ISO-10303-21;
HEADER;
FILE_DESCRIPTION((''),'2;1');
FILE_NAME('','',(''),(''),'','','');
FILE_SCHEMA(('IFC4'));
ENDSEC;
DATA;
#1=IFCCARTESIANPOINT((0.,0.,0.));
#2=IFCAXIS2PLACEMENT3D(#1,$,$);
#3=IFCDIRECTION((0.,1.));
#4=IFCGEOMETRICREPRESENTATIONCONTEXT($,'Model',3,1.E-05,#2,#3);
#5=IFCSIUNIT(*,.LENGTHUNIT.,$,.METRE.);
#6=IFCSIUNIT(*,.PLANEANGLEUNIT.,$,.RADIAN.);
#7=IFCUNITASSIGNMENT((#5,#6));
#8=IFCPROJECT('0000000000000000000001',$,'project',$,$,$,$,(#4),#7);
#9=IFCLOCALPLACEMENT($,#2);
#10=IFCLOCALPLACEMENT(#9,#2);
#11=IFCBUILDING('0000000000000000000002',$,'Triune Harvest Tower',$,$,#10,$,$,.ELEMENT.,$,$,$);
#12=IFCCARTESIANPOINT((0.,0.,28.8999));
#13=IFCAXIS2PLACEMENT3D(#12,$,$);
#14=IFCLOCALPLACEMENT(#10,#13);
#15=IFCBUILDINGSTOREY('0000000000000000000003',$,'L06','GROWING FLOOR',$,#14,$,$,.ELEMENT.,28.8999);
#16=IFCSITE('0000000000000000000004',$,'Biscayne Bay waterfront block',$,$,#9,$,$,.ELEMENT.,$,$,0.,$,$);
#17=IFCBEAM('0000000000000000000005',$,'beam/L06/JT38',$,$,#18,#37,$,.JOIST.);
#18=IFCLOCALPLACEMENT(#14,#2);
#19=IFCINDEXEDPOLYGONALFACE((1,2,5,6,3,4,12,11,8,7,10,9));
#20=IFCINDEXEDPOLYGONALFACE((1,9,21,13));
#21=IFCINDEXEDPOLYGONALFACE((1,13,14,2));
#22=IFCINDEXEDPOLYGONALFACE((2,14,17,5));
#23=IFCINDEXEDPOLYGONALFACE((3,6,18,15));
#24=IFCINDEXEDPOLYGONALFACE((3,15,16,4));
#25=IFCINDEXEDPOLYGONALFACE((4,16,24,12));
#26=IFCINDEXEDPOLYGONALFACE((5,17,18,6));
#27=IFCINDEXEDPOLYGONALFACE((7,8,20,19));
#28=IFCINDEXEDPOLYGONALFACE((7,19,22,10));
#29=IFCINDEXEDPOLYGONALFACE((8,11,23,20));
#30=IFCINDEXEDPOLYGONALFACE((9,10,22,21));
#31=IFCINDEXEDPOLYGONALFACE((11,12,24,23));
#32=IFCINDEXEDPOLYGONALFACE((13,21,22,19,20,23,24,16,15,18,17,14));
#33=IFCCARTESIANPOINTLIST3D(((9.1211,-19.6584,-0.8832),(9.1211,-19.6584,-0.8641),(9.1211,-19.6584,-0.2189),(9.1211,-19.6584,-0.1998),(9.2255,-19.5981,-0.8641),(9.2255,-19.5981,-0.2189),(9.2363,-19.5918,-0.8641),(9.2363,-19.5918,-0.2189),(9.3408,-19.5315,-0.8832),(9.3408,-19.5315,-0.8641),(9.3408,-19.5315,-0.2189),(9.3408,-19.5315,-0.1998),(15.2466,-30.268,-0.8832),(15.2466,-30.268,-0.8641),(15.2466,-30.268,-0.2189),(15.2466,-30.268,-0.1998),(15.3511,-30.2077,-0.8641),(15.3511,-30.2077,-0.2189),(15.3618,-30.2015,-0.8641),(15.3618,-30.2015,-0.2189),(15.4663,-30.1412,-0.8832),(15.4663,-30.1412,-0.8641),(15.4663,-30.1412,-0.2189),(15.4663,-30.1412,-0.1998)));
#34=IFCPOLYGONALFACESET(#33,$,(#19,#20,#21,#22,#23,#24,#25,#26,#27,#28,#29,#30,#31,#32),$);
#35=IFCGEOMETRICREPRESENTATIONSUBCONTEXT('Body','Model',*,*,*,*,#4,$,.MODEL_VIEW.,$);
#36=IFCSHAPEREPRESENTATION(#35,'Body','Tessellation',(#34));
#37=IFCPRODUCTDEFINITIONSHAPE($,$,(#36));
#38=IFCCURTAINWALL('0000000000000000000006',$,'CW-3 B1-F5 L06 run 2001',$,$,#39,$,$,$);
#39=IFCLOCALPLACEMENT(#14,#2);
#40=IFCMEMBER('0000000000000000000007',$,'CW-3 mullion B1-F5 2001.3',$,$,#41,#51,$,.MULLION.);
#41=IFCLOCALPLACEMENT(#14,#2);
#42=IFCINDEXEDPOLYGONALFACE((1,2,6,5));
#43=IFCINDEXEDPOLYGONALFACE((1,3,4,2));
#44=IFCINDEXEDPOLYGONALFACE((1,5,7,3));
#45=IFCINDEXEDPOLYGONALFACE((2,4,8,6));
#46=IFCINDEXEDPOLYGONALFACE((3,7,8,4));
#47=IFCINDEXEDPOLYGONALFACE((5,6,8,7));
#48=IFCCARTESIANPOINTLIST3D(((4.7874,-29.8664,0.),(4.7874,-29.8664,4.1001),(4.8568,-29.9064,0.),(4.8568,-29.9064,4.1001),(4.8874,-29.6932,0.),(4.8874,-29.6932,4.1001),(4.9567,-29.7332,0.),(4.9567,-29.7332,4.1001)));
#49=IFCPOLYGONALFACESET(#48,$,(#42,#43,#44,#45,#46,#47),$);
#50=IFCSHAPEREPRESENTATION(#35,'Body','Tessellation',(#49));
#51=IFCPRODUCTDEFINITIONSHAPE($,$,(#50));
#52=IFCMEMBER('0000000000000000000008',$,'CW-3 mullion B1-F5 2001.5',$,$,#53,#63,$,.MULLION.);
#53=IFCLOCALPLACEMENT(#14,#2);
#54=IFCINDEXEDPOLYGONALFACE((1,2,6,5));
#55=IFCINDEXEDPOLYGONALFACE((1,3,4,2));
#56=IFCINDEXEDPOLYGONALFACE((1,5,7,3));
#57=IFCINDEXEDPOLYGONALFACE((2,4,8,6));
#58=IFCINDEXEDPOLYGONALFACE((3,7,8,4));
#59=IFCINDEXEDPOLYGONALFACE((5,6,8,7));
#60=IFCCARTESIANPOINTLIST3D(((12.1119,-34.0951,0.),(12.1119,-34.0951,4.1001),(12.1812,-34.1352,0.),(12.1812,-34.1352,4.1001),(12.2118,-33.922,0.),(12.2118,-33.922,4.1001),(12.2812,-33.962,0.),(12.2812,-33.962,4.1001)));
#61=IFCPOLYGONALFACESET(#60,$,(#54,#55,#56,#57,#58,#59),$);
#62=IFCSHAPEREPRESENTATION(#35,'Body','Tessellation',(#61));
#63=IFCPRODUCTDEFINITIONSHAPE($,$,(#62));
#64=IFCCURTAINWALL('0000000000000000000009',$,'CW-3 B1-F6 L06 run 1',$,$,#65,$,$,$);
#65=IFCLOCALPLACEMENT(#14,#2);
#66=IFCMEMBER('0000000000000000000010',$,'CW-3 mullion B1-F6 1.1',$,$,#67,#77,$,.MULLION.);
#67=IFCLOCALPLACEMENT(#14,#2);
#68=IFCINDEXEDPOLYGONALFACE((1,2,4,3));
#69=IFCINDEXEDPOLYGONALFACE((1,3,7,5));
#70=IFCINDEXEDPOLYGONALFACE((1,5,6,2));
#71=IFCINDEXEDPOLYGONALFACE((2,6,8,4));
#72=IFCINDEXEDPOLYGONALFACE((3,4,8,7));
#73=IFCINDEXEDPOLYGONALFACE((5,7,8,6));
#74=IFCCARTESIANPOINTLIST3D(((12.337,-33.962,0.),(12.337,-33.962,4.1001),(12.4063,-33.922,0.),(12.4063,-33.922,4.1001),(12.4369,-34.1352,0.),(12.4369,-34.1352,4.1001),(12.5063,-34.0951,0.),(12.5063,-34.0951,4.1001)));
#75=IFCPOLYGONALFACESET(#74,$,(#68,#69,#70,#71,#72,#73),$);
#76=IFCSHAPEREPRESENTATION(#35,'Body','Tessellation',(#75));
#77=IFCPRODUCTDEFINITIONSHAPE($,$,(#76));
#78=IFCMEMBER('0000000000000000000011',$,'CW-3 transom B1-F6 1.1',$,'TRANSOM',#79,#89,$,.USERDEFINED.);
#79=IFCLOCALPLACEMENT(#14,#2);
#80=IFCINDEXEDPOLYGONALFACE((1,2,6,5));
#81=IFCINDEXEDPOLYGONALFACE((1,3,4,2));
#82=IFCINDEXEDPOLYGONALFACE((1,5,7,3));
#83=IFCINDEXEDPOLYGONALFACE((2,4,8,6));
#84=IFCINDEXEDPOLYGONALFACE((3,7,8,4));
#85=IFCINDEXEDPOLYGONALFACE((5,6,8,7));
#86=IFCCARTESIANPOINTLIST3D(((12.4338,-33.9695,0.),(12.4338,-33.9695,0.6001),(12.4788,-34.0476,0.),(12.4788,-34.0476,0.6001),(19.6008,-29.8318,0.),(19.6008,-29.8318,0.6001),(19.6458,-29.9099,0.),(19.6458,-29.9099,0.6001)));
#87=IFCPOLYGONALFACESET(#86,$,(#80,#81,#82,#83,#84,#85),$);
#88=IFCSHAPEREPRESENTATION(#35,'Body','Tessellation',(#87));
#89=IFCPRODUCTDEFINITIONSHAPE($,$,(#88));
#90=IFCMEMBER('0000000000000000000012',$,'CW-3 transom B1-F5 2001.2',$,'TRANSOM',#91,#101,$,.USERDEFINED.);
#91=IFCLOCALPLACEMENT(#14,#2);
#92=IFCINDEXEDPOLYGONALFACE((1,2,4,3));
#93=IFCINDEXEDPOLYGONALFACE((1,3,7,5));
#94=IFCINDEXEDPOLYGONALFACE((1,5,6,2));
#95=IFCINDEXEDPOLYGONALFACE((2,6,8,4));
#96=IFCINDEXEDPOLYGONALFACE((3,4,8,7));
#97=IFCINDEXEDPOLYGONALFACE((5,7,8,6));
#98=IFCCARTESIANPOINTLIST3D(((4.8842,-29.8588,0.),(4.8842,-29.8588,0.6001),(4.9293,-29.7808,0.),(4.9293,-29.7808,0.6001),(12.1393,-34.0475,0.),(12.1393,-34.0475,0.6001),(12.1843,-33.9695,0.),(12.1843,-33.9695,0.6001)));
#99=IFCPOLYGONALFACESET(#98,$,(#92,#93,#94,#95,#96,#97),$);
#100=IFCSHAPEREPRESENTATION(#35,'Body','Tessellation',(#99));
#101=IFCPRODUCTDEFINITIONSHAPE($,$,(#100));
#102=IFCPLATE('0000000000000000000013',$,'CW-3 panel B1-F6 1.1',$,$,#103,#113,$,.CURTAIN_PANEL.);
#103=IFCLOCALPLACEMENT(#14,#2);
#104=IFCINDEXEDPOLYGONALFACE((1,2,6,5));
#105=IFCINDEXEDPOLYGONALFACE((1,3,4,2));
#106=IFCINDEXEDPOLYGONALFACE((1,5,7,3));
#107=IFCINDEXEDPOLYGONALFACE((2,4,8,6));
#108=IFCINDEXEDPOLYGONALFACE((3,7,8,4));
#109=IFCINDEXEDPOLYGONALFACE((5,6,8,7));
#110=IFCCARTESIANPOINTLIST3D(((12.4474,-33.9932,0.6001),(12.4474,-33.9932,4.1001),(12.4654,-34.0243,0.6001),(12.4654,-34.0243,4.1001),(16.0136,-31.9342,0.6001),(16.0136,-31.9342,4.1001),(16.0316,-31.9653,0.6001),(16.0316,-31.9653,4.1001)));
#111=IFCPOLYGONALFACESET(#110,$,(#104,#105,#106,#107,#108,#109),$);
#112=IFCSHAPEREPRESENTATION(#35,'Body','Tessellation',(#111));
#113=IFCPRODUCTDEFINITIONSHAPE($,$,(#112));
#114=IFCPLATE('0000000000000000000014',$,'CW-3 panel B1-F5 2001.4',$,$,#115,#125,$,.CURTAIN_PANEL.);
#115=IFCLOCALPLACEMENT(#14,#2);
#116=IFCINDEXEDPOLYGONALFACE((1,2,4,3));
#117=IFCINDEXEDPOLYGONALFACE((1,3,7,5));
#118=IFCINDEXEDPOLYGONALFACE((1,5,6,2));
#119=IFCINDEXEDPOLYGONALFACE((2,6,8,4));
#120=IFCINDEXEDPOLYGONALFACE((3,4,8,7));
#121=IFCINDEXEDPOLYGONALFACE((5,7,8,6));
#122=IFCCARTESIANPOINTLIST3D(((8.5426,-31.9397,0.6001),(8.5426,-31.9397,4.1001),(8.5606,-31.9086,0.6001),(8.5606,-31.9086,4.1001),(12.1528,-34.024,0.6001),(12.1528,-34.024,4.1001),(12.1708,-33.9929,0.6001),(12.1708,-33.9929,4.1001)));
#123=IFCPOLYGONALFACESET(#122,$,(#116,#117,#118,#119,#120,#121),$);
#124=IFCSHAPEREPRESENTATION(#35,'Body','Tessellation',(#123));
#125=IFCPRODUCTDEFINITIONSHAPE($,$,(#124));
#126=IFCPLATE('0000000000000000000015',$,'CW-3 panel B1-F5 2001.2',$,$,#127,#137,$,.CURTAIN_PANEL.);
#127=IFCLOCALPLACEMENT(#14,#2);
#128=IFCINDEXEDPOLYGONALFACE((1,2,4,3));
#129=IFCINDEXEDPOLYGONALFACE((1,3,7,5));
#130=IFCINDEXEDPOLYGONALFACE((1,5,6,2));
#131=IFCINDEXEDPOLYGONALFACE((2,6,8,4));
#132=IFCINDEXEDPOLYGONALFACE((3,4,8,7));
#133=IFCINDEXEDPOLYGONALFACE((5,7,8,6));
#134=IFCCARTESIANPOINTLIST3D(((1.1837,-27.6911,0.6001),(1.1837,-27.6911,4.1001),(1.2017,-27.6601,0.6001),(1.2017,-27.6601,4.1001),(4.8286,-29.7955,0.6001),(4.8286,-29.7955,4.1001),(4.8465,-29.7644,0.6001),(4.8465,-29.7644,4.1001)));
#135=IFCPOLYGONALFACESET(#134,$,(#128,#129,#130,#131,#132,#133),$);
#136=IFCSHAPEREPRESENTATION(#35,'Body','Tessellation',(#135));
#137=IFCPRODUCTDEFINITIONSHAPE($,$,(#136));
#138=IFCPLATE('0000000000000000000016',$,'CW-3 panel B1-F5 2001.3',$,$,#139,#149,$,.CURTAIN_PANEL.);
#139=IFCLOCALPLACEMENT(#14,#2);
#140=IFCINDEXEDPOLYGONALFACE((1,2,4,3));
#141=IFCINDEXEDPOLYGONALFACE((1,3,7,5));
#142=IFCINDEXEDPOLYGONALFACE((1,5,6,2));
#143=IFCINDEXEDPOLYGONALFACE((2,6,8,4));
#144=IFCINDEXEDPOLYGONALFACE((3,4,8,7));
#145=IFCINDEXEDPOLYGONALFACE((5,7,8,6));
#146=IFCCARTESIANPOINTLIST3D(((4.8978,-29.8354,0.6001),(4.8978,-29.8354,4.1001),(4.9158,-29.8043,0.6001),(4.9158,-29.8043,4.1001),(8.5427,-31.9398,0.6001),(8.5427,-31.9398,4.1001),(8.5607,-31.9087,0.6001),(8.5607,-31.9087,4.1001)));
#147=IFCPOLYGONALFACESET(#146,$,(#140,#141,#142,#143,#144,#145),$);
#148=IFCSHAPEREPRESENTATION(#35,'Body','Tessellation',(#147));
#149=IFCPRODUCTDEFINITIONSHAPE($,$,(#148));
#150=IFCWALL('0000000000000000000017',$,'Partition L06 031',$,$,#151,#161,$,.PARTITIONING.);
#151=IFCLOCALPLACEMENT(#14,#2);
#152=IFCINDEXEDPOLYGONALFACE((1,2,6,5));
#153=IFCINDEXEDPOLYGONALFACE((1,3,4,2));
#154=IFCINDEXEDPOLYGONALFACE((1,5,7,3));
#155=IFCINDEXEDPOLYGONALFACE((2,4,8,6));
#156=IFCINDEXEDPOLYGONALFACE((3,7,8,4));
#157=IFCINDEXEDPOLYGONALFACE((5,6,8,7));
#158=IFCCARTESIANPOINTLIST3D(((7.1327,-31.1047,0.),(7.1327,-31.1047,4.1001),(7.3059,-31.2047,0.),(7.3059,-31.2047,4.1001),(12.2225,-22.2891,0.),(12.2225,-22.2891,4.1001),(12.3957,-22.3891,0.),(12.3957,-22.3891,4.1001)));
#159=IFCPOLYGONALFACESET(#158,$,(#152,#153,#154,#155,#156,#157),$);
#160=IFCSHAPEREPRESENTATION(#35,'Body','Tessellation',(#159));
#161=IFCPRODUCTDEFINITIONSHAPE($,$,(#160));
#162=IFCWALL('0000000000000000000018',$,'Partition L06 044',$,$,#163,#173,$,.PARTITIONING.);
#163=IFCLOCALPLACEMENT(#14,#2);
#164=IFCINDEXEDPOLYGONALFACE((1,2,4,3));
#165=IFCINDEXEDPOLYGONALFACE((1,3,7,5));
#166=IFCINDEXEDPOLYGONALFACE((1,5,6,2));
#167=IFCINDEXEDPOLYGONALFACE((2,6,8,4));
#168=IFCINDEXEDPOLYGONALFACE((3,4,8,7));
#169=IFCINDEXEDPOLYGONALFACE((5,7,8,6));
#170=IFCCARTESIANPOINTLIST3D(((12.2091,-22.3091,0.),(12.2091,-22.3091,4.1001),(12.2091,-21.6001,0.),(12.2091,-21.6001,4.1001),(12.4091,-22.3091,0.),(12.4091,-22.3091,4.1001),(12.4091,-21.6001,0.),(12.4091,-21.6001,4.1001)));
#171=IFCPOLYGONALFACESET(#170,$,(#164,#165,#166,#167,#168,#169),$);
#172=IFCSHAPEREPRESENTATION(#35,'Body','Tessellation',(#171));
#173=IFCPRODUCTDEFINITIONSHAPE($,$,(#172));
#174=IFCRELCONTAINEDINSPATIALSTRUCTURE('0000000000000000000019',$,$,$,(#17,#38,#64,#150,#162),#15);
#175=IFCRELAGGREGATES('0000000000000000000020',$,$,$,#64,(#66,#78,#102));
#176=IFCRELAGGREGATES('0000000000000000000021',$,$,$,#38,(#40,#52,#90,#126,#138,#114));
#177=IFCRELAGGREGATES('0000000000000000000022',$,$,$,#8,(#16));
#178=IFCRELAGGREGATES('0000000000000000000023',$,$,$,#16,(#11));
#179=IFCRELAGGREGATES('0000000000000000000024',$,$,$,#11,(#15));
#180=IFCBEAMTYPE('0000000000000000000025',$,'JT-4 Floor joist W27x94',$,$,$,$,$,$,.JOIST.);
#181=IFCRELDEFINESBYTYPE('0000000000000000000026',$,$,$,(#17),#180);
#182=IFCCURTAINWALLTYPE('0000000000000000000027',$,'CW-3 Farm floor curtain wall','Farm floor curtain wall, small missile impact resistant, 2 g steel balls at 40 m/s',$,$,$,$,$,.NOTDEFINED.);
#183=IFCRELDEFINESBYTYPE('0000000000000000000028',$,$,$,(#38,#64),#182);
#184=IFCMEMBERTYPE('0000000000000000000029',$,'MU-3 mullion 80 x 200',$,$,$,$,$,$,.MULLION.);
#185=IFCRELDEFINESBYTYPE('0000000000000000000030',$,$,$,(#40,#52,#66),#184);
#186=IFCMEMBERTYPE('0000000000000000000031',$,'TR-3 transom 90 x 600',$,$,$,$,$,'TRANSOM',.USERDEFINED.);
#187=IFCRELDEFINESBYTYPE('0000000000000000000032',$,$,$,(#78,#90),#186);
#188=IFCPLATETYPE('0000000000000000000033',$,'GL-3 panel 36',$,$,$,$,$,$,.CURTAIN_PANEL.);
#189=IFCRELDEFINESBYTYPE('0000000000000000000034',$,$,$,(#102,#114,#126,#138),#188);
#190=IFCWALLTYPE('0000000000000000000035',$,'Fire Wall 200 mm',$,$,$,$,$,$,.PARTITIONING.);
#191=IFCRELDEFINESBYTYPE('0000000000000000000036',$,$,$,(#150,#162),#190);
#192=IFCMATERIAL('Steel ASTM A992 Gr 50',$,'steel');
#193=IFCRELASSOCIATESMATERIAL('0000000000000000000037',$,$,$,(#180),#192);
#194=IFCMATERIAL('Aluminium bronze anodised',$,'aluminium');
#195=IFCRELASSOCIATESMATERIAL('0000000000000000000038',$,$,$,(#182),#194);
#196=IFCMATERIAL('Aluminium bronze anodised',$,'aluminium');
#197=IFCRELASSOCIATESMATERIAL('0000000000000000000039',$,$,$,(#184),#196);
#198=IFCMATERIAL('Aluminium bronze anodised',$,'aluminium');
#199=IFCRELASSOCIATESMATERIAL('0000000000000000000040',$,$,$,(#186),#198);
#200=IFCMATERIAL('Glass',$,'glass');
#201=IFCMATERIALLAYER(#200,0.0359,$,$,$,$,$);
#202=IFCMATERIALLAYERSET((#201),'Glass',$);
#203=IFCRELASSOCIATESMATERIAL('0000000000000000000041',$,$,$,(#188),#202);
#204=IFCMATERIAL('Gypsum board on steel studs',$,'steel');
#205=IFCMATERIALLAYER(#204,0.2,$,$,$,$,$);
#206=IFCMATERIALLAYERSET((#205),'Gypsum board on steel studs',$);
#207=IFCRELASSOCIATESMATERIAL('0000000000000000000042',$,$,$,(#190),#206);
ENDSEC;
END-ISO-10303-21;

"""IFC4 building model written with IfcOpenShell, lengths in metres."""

from ifc_helpers import new_model, si_unit, direction, frame, frame_2d, origin, origin_2d, place, context, subcontext, project, spatial, rectangle, i_section, extrude, source, transform, mapped, material, layer, layer_set, material_profile, profile_set, type_object, element, aggregate, save


model = new_model("IFC4")

# Units and contexts
model_context = context("Model", 3, precision=1e-05, world=origin(), true_north=direction((0.0, 1.0)))
body_context = subcontext(model_context, "Body", "Model", "MODEL_VIEW")
ifc_project = project(units=[si_unit("LENGTHUNIT", "METRE"), si_unit("PLANEANGLEUNIT", "RADIAN")], contexts=[model_context])

# Site, building, storey
site_placement = place(None, origin())
site = spatial("IfcSite", under=ifc_project, at=site_placement, Name="Biscayne Bay waterfront block", CompositionType="ELEMENT", RefElevation=0.0)
building_placement = place(site_placement, origin())
building = spatial("IfcBuilding", under=site, at=building_placement, Name="Triune Harvest Tower", CompositionType="ELEMENT")
storey_placement = place(building_placement, frame((0.0, 0.0, 28.8999)))
storey = spatial("IfcBuildingStorey", under=building, at=storey_placement, Name="L06", Description="GROWING FLOOR", CompositionType="ELEMENT", Elevation=28.8999)

# Beam
ifc_material_1 = material(Name="Steel ASTM A992 Gr 50", Category="steel")
ifc_material_profile_1 = material_profile(ifc_material_1, i_section(OverallWidth=0.2537, OverallDepth=0.6833, WebThickness=0.0125, FlangeThickness=0.019, at=origin_2d()), Name="W27x94")
ifc_profile_set_1 = profile_set([ifc_material_profile_1], Name="Steel ASTM A992 Gr 50")
beam_type_1 = type_object("IfcBeamType", Name="JT-4 Floor joist W27x94", PredefinedType="JOIST", material=ifc_profile_set_1)
shared_shape_1 = source(origin(), body_context, "Body", "SweptSolid", [
    extrude(i_section(OverallWidth=0.2537, OverallDepth=0.6833, WebThickness=0.0125, FlangeThickness=0.019, at=origin_2d()), origin(), (0.0, 0.0, 1.0), 12.251),
])
beam_1_placement = place(storey_placement, frame((15.3564, -30.2046, -0.5415), z_axis=(-0.500001, 0.866025, 0.0), x_axis=(-0.866025, -0.500001, 0.0)))
element("IfcBeam", 1, at=beam_1_placement, inside=storey, type_object=beam_type_1, Name="beam/L06/JT38", PredefinedType="JOIST", context=body_context, shape_type="MappedRepresentation", body=[
    mapped(shared_shape_1, transform((0.0, 0.0, 0.0), scale=1.0)),
])

# Curtain walls, members
ifc_material_2 = material(Name="Aluminium bronze anodised", Category="aluminium")
curtain_wall_type = type_object("IfcCurtainWallType", Name="CW-3 Farm floor curtain wall", Description="Farm floor curtain wall, small missile impact resistant, 2 g steel balls at 40 m/s", PredefinedType="NOTDEFINED", material=ifc_material_2)
curtain_wall_1_placement = place(storey_placement, origin())
curtain_wall_1 = element("IfcCurtainWall", 2, at=curtain_wall_1_placement, inside=storey, type_object=curtain_wall_type, Name="CW-3 B1-F5 L06 run 2001")
ifc_material_3 = material(Name="Aluminium bronze anodised", Category="aluminium")
ifc_material_profile_2 = material_profile(ifc_material_3, rectangle(XDim=0.2, YDim=0.0801, at=origin_2d()), Name="MU-3 mullion 80 x 200")
ifc_profile_set_2 = profile_set([ifc_material_profile_2], Name="Aluminium bronze anodised")
member_type_1 = type_object("IfcMemberType", Name="MU-3 mullion 80 x 200", PredefinedType="MULLION", material=ifc_profile_set_2)
shared_shape_2 = source(origin(), body_context, "Body", "SweptSolid", [
    extrude(rectangle(XDim=0.2, YDim=0.0801, at=origin_2d()), origin(), (0.0, 0.0, 1.0), 4.1001),
])
member_1_placement = place(storey_placement, frame((4.8721, -29.7998, 0.0), z_axis=(0.0, 0.0, 1.0), x_axis=(0.500001, 0.866025, 0.0)))
member_1 = element("IfcMember", 3, at=member_1_placement, type_object=member_type_1, Name="CW-3 mullion B1-F5 2001.3", PredefinedType="MULLION", context=body_context, shape_type="MappedRepresentation", body=[
    mapped(shared_shape_2, transform((0.0, 0.0, 0.0), scale=1.0)),
])
member_2_placement = place(storey_placement, frame((12.1965, -34.0286, 0.0), z_axis=(0.0, 0.0, 1.0), x_axis=(0.500001, 0.866025, 0.0)))
member_2 = element("IfcMember", 4, at=member_2_placement, type_object=member_type_1, Name="CW-3 mullion B1-F5 2001.5", PredefinedType="MULLION", context=body_context, shape_type="MappedRepresentation", body=[
    mapped(shared_shape_2, transform((0.0, 0.0, 0.0), scale=1.0)),
])
curtain_wall_2_placement = place(storey_placement, origin())
curtain_wall_2 = element("IfcCurtainWall", 5, at=curtain_wall_2_placement, inside=storey, type_object=curtain_wall_type, Name="CW-3 B1-F6 L06 run 1")
member_3_placement = place(storey_placement, frame((12.4216, -34.0286, 0.0), z_axis=(0.0, 0.0, 1.0), x_axis=(-0.499999, 0.866026, 0.0)))
member_3 = element("IfcMember", 6, at=member_3_placement, type_object=member_type_1, Name="CW-3 mullion B1-F6 1.1", PredefinedType="MULLION", context=body_context, shape_type="MappedRepresentation", body=[
    mapped(shared_shape_2, transform((0.0, 0.0, 0.0), scale=1.0)),
])
ifc_material_4 = material(Name="Aluminium bronze anodised", Category="aluminium")
ifc_material_profile_3 = material_profile(ifc_material_4, rectangle(XDim=0.0901, YDim=0.6001, at=origin_2d()), Name="TR-3 transom 90 x 600")
ifc_profile_set_3 = profile_set([ifc_material_profile_3], Name="Aluminium bronze anodised")
member_type_2 = type_object("IfcMemberType", Name="TR-3 transom 90 x 600", ElementType="TRANSOM", PredefinedType="USERDEFINED", material=ifc_profile_set_3)
shared_shape_3 = source(origin(), body_context, "Body", "SweptSolid", [
    extrude(rectangle(XDim=0.0901, YDim=0.6001, at=origin_2d()), origin(), (0.0, 0.0, 1.0), 8.2756),
])
member_4_placement = place(storey_placement, frame((12.4563, -34.0085, 0.3), z_axis=(0.866034, 0.499985, 0.0), x_axis=(-0.499985, 0.866034, 0.0)))
member_4 = element("IfcMember", 7, at=member_4_placement, type_object=member_type_2, Name="CW-3 transom B1-F6 1.1", ObjectType="TRANSOM", PredefinedType="USERDEFINED", context=body_context, shape_type="MappedRepresentation", body=[
    mapped(shared_shape_3, transform((0.0, 0.0, 0.0), scale=1.0)),
])

# Member
shared_shape_4 = source(origin(), body_context, "Body", "SweptSolid", [
    extrude(rectangle(XDim=0.0901, YDim=0.6001, at=origin_2d()), origin(), (0.0, 0.0, 1.0), 8.3774),
])
member_5_placement = place(storey_placement, frame((4.9067, -29.8198, 0.3), z_axis=(0.866027, -0.499997, 0.0), x_axis=(0.499997, 0.866027, 0.0)))
member_5 = element("IfcMember", 8, at=member_5_placement, type_object=member_type_2, Name="CW-3 transom B1-F5 2001.2", ObjectType="TRANSOM", PredefinedType="USERDEFINED", context=body_context, shape_type="MappedRepresentation", body=[
    mapped(shared_shape_4, transform((0.0, 0.0, 0.0), scale=1.0)),
])

# Plates
ifc_material_5 = material(Name="Glass", Category="glass")
ifc_layer_1 = layer(ifc_material_5, 0.0359)
ifc_layer_set_1 = layer_set([ifc_layer_1], Name="Glass")
plate_type = type_object("IfcPlateType", Name="GL-3 panel 36", PredefinedType="CURTAIN_PANEL", material=ifc_layer_set_1)
shared_shape_5 = source(origin(), body_context, "Body", "SweptSolid", [
    extrude(rectangle(XDim=4.1179, YDim=0.0359, at=origin_2d()), origin(), (0.0, 0.0, 1.0), 3.5),
])
plate_1_placement = place(storey_placement, frame((14.2395, -32.9792, 0.6001), z_axis=(0.0, 0.0, 1.0), x_axis=(0.866026, 0.499999, 0.0)))
plate_1 = element("IfcPlate", 9, at=plate_1_placement, type_object=plate_type, Name="CW-3 panel B1-F6 1.1", PredefinedType="CURTAIN_PANEL", context=body_context, shape_type="MappedRepresentation", body=[
    mapped(shared_shape_5, transform((0.0, 0.0, 0.0), scale=1.0)),
])
aggregate(curtain_wall_2, [member_3, member_4, plate_1])
shared_shape_6 = source(origin(), body_context, "Body", "SweptSolid", [
    extrude(rectangle(XDim=4.1687, YDim=0.0359, at=origin_2d()), origin(), (0.0, 0.0, 1.0), 3.5),
])
plate_2_placement = place(storey_placement, frame((10.3567, -32.9663, 0.6001), z_axis=(0.0, 0.0, 1.0), x_axis=(0.866025, -0.500001, 0.0)))
plate_2 = element("IfcPlate", 10, at=plate_2_placement, type_object=plate_type, Name="CW-3 panel B1-F5 2001.4", PredefinedType="CURTAIN_PANEL", context=body_context, shape_type="MappedRepresentation", body=[
    mapped(shared_shape_6, transform((0.0, 0.0, 0.0), scale=1.0)),
])
shared_shape_7 = source(origin(), body_context, "Body", "SweptSolid", [
    extrude(rectangle(XDim=4.2087, YDim=0.0359, at=origin_2d()), origin(), (0.0, 0.0, 1.0), 3.5),
])
plate_3_placement = place(storey_placement, frame((3.0151, -28.7278, 0.6001), z_axis=(0.0, 0.0, 1.0), x_axis=(0.866025, -0.500001, 0.0)))
plate_3 = element("IfcPlate", 11, at=plate_3_placement, type_object=plate_type, Name="CW-3 panel B1-F5 2001.2", PredefinedType="CURTAIN_PANEL", context=body_context, shape_type="MappedRepresentation", body=[
    mapped(shared_shape_7, transform((0.0, 0.0, 0.0), scale=1.0)),
])
plate_4_placement = place(storey_placement, frame((6.7292, -30.8721, 0.6001), z_axis=(0.0, 0.0, 1.0), x_axis=(0.866025, -0.500001, 0.0)))
plate_4 = element("IfcPlate", 12, at=plate_4_placement, type_object=plate_type, Name="CW-3 panel B1-F5 2001.3", PredefinedType="CURTAIN_PANEL", context=body_context, shape_type="MappedRepresentation", body=[
    mapped(shared_shape_7, transform((0.0, 0.0, 0.0), scale=1.0)),
])
aggregate(curtain_wall_1, [member_1, member_2, member_5, plate_3, plate_4, plate_2])

# Walls
ifc_material_6 = material(Name="Gypsum board on steel studs", Category="steel")
ifc_layer_2 = layer(ifc_material_6, 0.2)
ifc_layer_set_2 = layer_set([ifc_layer_2], Name="Gypsum board on steel studs")
wall_type_1 = type_object("IfcWallType", Name="Fire Wall 200 mm", PredefinedType="PARTITIONING", material=ifc_layer_set_2)
wall_1_placement = place(storey_placement, frame((7.2192, -31.1548, 0.0), z_axis=(0.0, 0.0, 1.0), x_axis=(0.500008, 0.866021, 0.0)))
element("IfcWall", 13, at=wall_1_placement, inside=storey, type_object=wall_type_1, Name="Partition L06 031", PredefinedType="PARTITIONING", context=body_context, shape_type="SweptSolid", body=[
    extrude(rectangle(XDim=10.1794, YDim=0.2, at=frame_2d((5.0898, 0.0))), origin(), (0.0, 0.0, 1.0), 4.1001),
])
wall_2_placement = place(storey_placement, frame((12.3091, -22.3091, 0.0), z_axis=(0.0, 0.0, 1.0), x_axis=(0.0, 1.0, 0.0)))
element("IfcWall", 14, at=wall_2_placement, inside=storey, type_object=wall_type_1, Name="Partition L06 044", PredefinedType="PARTITIONING", context=body_context, shape_type="SweptSolid", body=[
    extrude(rectangle(XDim=0.709, YDim=0.2, at=frame_2d((0.3545, 0.0))), origin(), (0.0, 0.0, 1.0), 4.1001),
])

save(model, "model.ifc")
